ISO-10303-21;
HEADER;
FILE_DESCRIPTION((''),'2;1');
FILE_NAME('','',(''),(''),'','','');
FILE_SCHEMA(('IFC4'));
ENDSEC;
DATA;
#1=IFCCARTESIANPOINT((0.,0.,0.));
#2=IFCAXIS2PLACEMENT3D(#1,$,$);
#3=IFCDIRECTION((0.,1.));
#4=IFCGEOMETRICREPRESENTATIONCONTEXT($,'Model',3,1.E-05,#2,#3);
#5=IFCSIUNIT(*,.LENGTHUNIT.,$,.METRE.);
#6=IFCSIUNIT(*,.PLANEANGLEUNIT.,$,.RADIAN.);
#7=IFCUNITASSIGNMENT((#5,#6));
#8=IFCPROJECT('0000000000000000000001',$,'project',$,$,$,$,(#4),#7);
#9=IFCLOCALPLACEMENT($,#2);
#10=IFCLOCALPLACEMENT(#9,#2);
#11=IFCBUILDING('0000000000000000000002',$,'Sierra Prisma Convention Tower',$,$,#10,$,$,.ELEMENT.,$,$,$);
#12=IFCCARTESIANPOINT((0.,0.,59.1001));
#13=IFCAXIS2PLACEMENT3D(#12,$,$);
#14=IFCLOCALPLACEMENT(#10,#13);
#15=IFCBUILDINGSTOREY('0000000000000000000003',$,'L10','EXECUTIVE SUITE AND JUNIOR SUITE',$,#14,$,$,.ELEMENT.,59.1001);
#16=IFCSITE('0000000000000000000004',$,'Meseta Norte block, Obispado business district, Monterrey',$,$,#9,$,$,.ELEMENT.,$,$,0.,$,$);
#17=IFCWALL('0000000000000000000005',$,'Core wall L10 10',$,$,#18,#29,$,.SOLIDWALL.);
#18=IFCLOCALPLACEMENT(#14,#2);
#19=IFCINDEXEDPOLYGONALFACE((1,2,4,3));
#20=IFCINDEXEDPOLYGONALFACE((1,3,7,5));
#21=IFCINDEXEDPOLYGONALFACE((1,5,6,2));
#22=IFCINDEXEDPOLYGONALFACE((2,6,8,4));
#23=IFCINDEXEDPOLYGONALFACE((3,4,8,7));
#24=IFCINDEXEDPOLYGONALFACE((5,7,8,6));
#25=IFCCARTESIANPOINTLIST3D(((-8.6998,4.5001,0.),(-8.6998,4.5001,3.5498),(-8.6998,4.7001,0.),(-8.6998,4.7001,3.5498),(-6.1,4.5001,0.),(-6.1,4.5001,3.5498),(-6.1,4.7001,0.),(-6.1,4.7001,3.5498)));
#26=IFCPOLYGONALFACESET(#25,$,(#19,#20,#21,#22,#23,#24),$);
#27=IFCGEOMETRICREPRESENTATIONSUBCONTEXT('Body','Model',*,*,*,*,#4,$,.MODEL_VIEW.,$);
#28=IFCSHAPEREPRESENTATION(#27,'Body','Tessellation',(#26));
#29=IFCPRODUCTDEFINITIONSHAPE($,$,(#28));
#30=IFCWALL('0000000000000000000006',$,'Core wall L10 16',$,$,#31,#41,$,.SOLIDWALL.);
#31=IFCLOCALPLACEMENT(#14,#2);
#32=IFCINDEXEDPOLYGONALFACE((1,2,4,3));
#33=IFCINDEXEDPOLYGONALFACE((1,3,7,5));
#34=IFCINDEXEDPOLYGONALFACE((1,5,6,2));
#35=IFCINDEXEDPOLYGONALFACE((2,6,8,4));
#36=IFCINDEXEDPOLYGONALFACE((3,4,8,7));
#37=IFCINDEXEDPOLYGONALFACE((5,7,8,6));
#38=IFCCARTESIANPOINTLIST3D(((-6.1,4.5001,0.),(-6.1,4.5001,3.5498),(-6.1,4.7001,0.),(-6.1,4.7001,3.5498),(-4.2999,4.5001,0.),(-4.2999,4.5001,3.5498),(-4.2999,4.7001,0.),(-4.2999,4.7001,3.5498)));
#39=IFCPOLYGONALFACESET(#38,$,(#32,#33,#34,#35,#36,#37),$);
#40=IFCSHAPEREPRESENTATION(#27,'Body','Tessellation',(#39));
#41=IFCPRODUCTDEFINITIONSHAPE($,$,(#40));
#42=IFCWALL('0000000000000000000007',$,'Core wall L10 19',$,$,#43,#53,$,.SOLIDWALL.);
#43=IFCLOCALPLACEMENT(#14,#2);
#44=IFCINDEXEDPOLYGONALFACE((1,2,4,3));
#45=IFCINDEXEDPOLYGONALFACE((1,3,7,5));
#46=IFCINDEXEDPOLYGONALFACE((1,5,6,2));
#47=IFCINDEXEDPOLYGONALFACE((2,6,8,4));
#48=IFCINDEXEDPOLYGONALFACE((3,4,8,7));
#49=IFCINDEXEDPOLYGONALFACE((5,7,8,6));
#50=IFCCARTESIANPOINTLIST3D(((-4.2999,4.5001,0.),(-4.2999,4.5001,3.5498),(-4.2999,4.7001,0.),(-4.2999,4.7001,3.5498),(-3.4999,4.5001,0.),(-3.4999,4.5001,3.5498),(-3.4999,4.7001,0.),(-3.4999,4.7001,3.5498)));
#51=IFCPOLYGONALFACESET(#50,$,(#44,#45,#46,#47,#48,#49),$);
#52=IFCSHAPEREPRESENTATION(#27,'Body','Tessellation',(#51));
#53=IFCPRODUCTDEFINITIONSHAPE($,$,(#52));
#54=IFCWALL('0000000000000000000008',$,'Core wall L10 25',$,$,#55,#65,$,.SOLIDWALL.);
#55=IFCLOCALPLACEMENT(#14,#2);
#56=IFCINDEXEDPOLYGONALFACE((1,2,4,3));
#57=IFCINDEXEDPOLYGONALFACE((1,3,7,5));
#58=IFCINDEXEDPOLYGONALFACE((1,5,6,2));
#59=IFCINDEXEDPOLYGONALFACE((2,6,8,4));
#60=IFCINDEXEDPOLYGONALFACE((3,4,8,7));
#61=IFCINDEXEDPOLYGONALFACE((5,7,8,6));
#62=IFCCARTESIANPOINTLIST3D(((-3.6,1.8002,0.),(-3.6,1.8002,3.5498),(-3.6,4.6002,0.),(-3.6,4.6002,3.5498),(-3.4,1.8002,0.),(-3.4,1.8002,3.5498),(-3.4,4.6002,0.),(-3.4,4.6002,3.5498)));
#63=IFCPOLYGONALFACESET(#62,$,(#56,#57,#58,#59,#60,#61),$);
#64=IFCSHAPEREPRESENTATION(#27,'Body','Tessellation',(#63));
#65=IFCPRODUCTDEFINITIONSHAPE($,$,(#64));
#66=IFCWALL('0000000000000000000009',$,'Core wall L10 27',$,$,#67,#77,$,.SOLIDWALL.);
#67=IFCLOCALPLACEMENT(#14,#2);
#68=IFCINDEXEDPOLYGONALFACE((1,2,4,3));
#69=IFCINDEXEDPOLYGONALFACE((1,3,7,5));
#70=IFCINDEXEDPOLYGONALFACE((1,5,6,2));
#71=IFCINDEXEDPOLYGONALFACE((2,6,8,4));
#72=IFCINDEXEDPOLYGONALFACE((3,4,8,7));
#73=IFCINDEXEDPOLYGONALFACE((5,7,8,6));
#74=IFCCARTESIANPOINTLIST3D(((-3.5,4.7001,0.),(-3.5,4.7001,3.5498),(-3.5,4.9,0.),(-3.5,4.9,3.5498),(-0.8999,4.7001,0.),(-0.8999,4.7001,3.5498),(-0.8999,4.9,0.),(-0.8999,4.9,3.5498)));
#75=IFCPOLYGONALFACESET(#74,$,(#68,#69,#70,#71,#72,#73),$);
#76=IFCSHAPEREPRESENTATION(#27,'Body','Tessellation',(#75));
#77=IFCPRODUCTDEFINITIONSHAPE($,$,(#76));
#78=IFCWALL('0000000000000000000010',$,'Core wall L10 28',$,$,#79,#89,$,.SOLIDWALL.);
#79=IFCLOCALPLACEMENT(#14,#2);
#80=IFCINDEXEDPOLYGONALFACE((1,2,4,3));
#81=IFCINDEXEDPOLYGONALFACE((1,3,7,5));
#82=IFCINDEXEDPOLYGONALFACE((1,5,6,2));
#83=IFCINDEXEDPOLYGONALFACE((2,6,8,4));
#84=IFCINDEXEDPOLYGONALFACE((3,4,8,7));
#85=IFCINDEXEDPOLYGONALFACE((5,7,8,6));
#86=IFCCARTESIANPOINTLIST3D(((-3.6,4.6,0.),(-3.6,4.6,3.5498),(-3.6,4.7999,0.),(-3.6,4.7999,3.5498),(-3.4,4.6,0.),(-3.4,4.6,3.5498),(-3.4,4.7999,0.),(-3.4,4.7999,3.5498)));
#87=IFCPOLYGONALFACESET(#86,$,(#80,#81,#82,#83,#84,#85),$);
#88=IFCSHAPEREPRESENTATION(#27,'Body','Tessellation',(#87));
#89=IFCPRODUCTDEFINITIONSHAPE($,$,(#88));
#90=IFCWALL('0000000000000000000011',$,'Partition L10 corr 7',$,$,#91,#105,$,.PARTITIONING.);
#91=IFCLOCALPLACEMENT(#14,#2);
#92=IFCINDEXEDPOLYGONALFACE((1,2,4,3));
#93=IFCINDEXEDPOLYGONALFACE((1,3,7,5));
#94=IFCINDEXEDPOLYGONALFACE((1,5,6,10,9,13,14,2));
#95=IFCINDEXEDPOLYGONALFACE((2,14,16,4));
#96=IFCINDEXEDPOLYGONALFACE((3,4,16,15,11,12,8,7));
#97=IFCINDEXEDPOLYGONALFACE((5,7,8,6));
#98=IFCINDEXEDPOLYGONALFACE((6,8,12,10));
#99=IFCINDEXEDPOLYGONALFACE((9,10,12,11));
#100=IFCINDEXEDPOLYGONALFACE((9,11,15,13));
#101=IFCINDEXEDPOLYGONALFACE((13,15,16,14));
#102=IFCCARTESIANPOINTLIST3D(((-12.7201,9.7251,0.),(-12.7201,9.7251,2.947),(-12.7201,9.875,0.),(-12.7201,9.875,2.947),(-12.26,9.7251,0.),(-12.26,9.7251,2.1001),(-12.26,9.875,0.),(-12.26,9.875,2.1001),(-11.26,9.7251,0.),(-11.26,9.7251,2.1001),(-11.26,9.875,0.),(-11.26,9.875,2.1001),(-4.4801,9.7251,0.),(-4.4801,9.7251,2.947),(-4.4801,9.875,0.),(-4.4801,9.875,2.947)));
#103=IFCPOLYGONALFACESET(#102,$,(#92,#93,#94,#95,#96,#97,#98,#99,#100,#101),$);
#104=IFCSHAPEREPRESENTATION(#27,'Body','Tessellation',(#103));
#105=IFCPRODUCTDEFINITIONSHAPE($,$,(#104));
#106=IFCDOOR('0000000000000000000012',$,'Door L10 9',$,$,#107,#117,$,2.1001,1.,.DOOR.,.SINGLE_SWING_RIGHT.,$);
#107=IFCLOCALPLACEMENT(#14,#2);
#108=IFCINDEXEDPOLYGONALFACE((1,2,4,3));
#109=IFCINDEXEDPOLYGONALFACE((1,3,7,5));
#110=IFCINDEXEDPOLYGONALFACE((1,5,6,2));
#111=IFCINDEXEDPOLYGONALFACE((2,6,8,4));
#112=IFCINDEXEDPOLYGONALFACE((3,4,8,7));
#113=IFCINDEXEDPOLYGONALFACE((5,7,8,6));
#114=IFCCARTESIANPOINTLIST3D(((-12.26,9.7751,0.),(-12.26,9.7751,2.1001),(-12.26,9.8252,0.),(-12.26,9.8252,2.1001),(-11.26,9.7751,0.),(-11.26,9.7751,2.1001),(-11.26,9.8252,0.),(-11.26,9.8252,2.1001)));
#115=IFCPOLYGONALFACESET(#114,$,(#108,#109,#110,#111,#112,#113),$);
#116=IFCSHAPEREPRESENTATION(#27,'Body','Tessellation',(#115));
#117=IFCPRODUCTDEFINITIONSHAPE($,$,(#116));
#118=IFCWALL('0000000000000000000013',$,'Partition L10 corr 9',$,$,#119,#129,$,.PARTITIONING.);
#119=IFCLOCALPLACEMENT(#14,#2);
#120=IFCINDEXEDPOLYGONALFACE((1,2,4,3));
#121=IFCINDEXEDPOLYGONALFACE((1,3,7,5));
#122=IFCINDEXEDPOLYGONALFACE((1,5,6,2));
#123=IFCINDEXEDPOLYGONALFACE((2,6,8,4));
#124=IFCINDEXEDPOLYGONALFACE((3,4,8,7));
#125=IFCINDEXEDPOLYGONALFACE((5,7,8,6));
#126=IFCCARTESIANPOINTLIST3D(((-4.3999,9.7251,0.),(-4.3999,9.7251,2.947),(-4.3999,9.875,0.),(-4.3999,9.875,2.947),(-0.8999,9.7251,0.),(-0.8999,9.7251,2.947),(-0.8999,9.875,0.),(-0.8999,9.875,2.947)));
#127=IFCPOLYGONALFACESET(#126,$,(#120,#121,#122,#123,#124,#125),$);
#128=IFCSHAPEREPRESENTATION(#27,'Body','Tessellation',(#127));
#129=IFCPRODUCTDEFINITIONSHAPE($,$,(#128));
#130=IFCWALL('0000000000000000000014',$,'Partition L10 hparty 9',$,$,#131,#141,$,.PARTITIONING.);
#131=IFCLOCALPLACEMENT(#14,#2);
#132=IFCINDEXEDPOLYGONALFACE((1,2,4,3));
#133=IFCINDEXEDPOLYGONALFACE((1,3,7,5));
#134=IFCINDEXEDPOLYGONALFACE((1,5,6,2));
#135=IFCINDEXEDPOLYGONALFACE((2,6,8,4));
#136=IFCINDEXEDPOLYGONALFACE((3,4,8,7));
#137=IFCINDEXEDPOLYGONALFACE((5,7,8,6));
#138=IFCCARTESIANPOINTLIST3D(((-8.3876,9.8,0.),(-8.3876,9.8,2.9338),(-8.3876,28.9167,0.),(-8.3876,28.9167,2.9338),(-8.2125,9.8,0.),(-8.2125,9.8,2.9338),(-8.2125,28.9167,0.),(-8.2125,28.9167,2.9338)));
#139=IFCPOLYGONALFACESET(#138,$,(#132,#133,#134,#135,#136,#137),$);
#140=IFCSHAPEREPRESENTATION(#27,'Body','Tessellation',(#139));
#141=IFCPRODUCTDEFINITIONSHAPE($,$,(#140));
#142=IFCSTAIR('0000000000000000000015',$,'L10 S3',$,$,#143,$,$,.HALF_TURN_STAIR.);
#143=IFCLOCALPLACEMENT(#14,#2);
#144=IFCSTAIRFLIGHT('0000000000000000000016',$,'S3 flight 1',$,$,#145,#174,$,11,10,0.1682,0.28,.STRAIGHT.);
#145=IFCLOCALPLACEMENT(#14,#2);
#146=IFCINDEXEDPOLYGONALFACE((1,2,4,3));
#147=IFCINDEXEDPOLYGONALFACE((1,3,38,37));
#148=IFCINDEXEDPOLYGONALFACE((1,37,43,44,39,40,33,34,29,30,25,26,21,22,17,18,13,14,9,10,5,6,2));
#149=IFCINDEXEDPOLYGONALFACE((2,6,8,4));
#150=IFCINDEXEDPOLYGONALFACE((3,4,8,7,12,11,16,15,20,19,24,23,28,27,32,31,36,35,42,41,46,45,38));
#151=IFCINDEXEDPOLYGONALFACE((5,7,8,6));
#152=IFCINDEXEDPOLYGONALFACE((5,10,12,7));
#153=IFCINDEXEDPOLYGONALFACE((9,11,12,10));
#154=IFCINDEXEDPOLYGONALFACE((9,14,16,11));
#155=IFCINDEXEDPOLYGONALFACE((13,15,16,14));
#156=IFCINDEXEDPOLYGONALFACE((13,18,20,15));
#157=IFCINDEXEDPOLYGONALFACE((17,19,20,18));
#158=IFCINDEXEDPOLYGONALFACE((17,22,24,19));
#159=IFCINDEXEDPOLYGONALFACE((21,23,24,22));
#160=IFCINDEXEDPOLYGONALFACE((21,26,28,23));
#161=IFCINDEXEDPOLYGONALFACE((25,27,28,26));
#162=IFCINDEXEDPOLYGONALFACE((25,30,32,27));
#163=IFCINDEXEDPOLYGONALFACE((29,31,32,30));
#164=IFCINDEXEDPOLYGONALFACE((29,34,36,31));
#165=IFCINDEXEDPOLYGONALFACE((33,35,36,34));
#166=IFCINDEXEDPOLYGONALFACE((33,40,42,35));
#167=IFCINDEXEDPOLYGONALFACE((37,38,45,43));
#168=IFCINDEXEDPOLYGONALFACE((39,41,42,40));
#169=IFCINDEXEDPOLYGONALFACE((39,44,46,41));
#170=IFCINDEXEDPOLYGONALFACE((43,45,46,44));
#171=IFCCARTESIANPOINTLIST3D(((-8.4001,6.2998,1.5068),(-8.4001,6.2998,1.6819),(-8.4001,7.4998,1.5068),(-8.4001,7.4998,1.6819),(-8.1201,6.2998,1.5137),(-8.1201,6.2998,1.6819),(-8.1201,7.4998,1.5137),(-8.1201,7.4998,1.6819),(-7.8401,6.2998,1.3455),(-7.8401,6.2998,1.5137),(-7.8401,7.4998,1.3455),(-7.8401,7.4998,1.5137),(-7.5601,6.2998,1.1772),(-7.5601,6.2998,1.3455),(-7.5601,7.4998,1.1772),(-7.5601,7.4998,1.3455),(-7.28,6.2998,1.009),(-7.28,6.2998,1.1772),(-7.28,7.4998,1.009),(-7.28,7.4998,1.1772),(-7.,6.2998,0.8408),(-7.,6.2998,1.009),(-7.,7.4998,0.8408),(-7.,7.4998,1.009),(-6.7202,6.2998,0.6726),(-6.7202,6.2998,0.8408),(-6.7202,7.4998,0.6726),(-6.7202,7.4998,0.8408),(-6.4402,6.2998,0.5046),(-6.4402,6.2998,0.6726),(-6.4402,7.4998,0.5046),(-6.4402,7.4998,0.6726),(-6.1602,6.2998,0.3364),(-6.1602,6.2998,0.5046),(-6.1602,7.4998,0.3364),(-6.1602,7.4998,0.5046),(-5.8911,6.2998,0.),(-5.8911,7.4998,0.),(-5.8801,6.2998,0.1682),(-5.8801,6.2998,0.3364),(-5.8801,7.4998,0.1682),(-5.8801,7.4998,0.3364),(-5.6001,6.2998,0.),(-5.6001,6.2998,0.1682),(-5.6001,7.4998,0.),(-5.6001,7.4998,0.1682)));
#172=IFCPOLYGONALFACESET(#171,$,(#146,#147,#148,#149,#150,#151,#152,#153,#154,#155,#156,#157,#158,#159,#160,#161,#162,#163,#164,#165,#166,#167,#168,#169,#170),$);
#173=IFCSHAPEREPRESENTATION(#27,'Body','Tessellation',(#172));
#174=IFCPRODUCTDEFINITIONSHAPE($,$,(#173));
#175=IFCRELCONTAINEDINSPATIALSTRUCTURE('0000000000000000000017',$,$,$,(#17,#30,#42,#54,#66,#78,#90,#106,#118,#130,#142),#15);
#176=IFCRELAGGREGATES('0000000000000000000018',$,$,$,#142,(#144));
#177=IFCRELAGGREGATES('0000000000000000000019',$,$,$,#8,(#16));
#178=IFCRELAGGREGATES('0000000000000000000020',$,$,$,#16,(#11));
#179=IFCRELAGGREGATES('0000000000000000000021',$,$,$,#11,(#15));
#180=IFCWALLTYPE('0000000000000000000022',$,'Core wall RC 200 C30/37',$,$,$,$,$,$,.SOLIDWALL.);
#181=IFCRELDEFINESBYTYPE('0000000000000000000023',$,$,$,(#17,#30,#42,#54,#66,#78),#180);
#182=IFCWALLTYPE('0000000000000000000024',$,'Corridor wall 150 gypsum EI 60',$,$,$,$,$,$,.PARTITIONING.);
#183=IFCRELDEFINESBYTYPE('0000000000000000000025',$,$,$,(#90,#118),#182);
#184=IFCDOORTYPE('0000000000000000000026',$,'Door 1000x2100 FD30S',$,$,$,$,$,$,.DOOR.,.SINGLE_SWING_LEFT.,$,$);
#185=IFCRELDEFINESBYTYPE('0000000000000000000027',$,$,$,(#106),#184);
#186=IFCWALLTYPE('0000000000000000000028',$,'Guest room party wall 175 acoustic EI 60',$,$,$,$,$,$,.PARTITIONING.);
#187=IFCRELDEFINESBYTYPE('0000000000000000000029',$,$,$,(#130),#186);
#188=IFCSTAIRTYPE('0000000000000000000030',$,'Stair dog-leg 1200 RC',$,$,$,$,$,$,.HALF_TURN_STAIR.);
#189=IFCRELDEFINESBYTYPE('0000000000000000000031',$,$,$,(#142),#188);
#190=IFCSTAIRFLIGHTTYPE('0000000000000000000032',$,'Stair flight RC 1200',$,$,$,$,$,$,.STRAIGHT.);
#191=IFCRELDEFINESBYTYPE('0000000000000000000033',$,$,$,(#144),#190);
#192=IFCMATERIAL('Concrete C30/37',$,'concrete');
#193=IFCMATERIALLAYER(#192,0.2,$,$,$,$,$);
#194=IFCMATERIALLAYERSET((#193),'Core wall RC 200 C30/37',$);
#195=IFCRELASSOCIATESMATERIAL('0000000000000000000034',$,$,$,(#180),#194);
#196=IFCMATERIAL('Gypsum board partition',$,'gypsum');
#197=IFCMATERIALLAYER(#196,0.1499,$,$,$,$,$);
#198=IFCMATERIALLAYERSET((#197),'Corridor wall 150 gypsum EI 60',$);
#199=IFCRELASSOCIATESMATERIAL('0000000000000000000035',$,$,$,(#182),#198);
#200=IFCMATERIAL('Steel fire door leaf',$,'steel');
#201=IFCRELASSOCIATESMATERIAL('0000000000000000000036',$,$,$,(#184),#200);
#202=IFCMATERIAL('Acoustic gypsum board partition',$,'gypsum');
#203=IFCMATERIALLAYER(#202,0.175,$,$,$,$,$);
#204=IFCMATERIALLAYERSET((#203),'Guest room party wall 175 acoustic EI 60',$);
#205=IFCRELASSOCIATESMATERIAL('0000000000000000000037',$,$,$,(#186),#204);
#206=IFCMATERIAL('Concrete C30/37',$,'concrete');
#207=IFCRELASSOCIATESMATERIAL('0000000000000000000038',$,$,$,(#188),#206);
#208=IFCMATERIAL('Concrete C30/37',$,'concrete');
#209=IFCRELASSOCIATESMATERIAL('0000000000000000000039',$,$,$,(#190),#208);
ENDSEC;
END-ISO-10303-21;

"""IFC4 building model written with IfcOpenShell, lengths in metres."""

from ifc_helpers import new_model, si_unit, direction, frame, frame_2d, origin, place, context, subcontext, project, spatial, polyline, rectangle, outline, extrude, material, layer, layer_set, type_object, element, fill, aggregate, save


model = new_model("IFC4")

# Units and contexts
model_context = context("Model", 3, precision=1e-05, world=origin(), true_north=direction((0.0, 1.0)))
body_context = subcontext(model_context, "Body", "Model", "MODEL_VIEW")
ifc_project = project(units=[si_unit("LENGTHUNIT", "METRE"), si_unit("PLANEANGLEUNIT", "RADIAN")], contexts=[model_context])

# Site, building, storey
site_placement = place(None, origin())
site = spatial("IfcSite", under=ifc_project, at=site_placement, Name="Meseta Norte block, Obispado business district, Monterrey", CompositionType="ELEMENT", RefElevation=0.0)
building_placement = place(site_placement, origin())
building = spatial("IfcBuilding", under=site, at=building_placement, Name="Sierra Prisma Convention Tower", CompositionType="ELEMENT")
storey_placement = place(building_placement, frame((0.0, 0.0, 59.1001)))
storey = spatial("IfcBuildingStorey", under=building, at=storey_placement, Name="L10", Description="EXECUTIVE SUITE AND JUNIOR SUITE", CompositionType="ELEMENT", Elevation=59.1001)

# Walls
ifc_material_1 = material(Name="Concrete C30/37", Category="concrete")
ifc_layer_1 = layer(ifc_material_1, 0.2)
ifc_layer_set_1 = layer_set([ifc_layer_1], Name="Core wall RC 200 C30/37")
wall_type_1 = type_object("IfcWallType", Name="Core wall RC 200 C30/37", PredefinedType="SOLIDWALL", material=ifc_layer_set_1)
wall_1_placement = place(storey_placement, frame((-6.1001, 4.6001, 0.0), z_axis=(0.0, 0.0, 1.0), x_axis=(-1.0, 0.0, 0.0)))
element("IfcWall", 1, at=wall_1_placement, inside=storey, type_object=wall_type_1, Name="Core wall L10 10", PredefinedType="SOLIDWALL", context=body_context, shape_type="SweptSolid", body=[
    extrude(rectangle(XDim=2.5999, YDim=0.2, at=frame_2d((1.2998, 0.0))), origin(), (0.0, 0.0, 1.0), 3.5498),
])
wall_2_placement = place(storey_placement, frame((-4.3, 4.6001, 0.0), z_axis=(0.0, 0.0, 1.0), x_axis=(-1.0, 0.0, 0.0)))
element("IfcWall", 2, at=wall_2_placement, inside=storey, type_object=wall_type_1, Name="Core wall L10 16", PredefinedType="SOLIDWALL", context=body_context, shape_type="SweptSolid", body=[
    extrude(rectangle(XDim=1.8, YDim=0.2, at=frame_2d((0.8999, 0.0))), origin(), (0.0, 0.0, 1.0), 3.5498),
])
wall_3_placement = place(storey_placement, frame((-3.5, 4.6001, 0.0), z_axis=(0.0, 0.0, 1.0), x_axis=(-1.0, 0.0, 0.0)))
element("IfcWall", 3, at=wall_3_placement, inside=storey, type_object=wall_type_1, Name="Core wall L10 19", PredefinedType="SOLIDWALL", context=body_context, shape_type="SweptSolid", body=[
    extrude(rectangle(XDim=0.8, YDim=0.2, at=frame_2d((0.3999, 0.0))), origin(), (0.0, 0.0, 1.0), 3.5498),
])

# Walls
wall_4_placement = place(storey_placement, frame((-3.5, 4.6001, 0.0), z_axis=(0.0, 0.0, 1.0), x_axis=(0.0, -1.0, 0.0)))
element("IfcWall", 4, at=wall_4_placement, inside=storey, type_object=wall_type_1, Name="Core wall L10 25", PredefinedType="SOLIDWALL", context=body_context, shape_type="SweptSolid", body=[
    extrude(rectangle(XDim=2.8, YDim=0.2, at=frame_2d((1.3999, 0.0))), origin(), (0.0, 0.0, 1.0), 3.5498),
])
wall_5_placement = place(storey_placement, frame((-0.8999, 4.8, 0.0), z_axis=(0.0, 0.0, 1.0), x_axis=(-1.0, 0.0, 0.0)))
element("IfcWall", 5, at=wall_5_placement, inside=storey, type_object=wall_type_1, Name="Core wall L10 27", PredefinedType="SOLIDWALL", context=body_context, shape_type="SweptSolid", body=[
    extrude(rectangle(XDim=2.6001, YDim=0.2, at=frame_2d((1.3, 0.0))), origin(), (0.0, 0.0, 1.0), 3.5498),
])
wall_6_placement = place(storey_placement, frame((-3.5, 4.8, 0.0), z_axis=(0.0, 0.0, 1.0), x_axis=(0.0, -1.0, 0.0)))
element("IfcWall", 6, at=wall_6_placement, inside=storey, type_object=wall_type_1, Name="Core wall L10 28", PredefinedType="SOLIDWALL", context=body_context, shape_type="SweptSolid", body=[
    extrude(rectangle(XDim=0.2, YDim=0.2, at=frame_2d((0.1001, 0.0))), origin(), (0.0, 0.0, 1.0), 3.5498),
])

# Wall, opening, door
ifc_material_2 = material(Name="Gypsum board partition", Category="gypsum")
ifc_layer_2 = layer(ifc_material_2, 0.1499)
ifc_layer_set_2 = layer_set([ifc_layer_2], Name="Corridor wall 150 gypsum EI 60")
wall_type_2 = type_object("IfcWallType", Name="Corridor wall 150 gypsum EI 60", PredefinedType="PARTITIONING", material=ifc_layer_set_2)
wall_7_placement = place(storey_placement, frame((-4.48, 9.8, 0.0), z_axis=(0.0, 0.0, 1.0), x_axis=(-1.0, 0.0, 0.0)))
wall_7 = element("IfcWall", 7, at=wall_7_placement, inside=storey, type_object=wall_type_2, Name="Partition L10 corr 7", PredefinedType="PARTITIONING", context=body_context, shape_type="SweptSolid", body=[
    extrude(rectangle(XDim=8.24, YDim=0.1499, at=frame_2d((4.1201, 0.0))), origin(), (0.0, 0.0, 1.0), 2.947),
])
opening_1_placement = place(wall_7_placement, frame((6.78, 0.0, 0.0)))
opening_1 = element("IfcOpeningElement", 8, at=opening_1_placement, cuts=wall_7, PredefinedType="OPENING", context=body_context, shape_type="SweptSolid", body=[
    extrude(rectangle(XDim=1.0, YDim=2.1001, at=frame_2d((0.5, 1.05))), frame((0.0, 0.075, 0.0), z_axis=(0.0, -1.0, 0.0), x_axis=(1.0, 0.0, 0.0)), (0.0, 0.0, 1.0), 0.1499),
])
ifc_material_3 = material(Name="Steel fire door leaf", Category="steel")
door_type_1 = type_object("IfcDoorType", Name="Door 1000x2100 FD30S", OperationType="SINGLE_SWING_LEFT", PredefinedType="DOOR", material=ifc_material_3)
door_1_placement = place(opening_1_placement, origin())
door_1 = element("IfcDoor", 9, at=door_1_placement, inside=storey, type_object=door_type_1, Name="Door L10 9", OperationType="SINGLE_SWING_RIGHT", OverallHeight=2.1001, OverallWidth=1.0, PredefinedType="DOOR", context=body_context, shape_type="SweptSolid", body=[
    extrude(rectangle(XDim=1.0, YDim=2.1001, at=frame_2d((0.5, 1.05))), frame((0.0, 0.0249, 0.0), z_axis=(0.0, -1.0, 0.0), x_axis=(1.0, 0.0, 0.0)), (0.0, 0.0, 1.0), 0.05),
])
fill(opening_1, door_1)

# Walls
wall_8_placement = place(storey_placement, frame((-0.8999, 9.8, 0.0), z_axis=(0.0, 0.0, 1.0), x_axis=(-1.0, 0.0, 0.0)))
element("IfcWall", 10, at=wall_8_placement, inside=storey, type_object=wall_type_2, Name="Partition L10 corr 9", PredefinedType="PARTITIONING", context=body_context, shape_type="SweptSolid", body=[
    extrude(rectangle(XDim=3.5, YDim=0.1499, at=frame_2d((1.75, 0.0))), origin(), (0.0, 0.0, 1.0), 2.947),
])
ifc_material_4 = material(Name="Acoustic gypsum board partition", Category="gypsum")
ifc_layer_3 = layer(ifc_material_4, 0.175)
ifc_layer_set_3 = layer_set([ifc_layer_3], Name="Guest room party wall 175 acoustic EI 60")
wall_type_3 = type_object("IfcWallType", Name="Guest room party wall 175 acoustic EI 60", PredefinedType="PARTITIONING", material=ifc_layer_set_3)
wall_9_placement = place(storey_placement, frame((-8.3, 9.8, 0.0), z_axis=(0.0, 0.0, 1.0), x_axis=(0.0, 1.0, 0.0)))
element("IfcWall", 11, at=wall_9_placement, inside=storey, type_object=wall_type_3, Name="Partition L10 hparty 9", PredefinedType="PARTITIONING", context=body_context, shape_type="SweptSolid", body=[
    extrude(rectangle(XDim=19.1167, YDim=0.175, at=frame_2d((9.5583, 0.0))), origin(), (0.0, 0.0, 1.0), 2.9338),
])

# Stair, stair flight
ifc_material_5 = material(Name="Concrete C30/37", Category="concrete")
stair_type = type_object("IfcStairType", Name="Stair dog-leg 1200 RC", PredefinedType="HALF_TURN_STAIR", material=ifc_material_5)
stair_placement = place(storey_placement, origin())
stair = element("IfcStair", 12, at=stair_placement, inside=storey, type_object=stair_type, Name="L10 S3", PredefinedType="HALF_TURN_STAIR")
ifc_material_6 = material(Name="Concrete C30/37", Category="concrete")
stair_flight_type = type_object("IfcStairFlightType", Name="Stair flight RC 1200", PredefinedType="STRAIGHT", material=ifc_material_6)
stair_flight_1_placement = place(storey_placement, frame((-5.6001, 6.8999, 0.0), z_axis=(0.0, 0.0, 1.0), x_axis=(-1.0, 0.0, 0.0)))
stair_flight_1 = element("IfcStairFlight", 13, at=stair_flight_1_placement, type_object=stair_flight_type, Name="S3 flight 1", NumberOfRisers=11, NumberOfTreads=10, PredefinedType="STRAIGHT", RiserHeight=0.1682, TreadLength=0.28, context=body_context, shape_type="SweptSolid", body=[
    extrude(outline(polyline([(0.0, 0.0), (0.0, 0.1682), (0.28, 0.1682), (0.28, 0.3364), (0.5601, 0.3364), (0.5601, 0.5046), (0.8401, 0.5046), (0.8401, 0.6726), (1.1201, 0.6726), (1.1201, 0.8408), (1.3999, 0.8408), (1.3999, 1.009), (1.6799, 1.009), (1.6799, 1.1772), (1.96, 1.1772), (1.96, 1.3455), (2.24, 1.3455), (2.24, 1.5137), (2.52, 1.5137), (2.52, 1.6819), (2.8, 1.6819), (2.8, 1.8501), (2.8, 1.5068), (0.291, 0.0), (0.0, 0.0)])), frame((0.0, 0.6001, 0.0), z_axis=(0.0, -1.0, 0.0), x_axis=(1.0, 0.0, 0.0)), (0.0, 0.0, 1.0), 1.2),
])
aggregate(stair, [stair_flight_1])

save(model, "model.ifc")
